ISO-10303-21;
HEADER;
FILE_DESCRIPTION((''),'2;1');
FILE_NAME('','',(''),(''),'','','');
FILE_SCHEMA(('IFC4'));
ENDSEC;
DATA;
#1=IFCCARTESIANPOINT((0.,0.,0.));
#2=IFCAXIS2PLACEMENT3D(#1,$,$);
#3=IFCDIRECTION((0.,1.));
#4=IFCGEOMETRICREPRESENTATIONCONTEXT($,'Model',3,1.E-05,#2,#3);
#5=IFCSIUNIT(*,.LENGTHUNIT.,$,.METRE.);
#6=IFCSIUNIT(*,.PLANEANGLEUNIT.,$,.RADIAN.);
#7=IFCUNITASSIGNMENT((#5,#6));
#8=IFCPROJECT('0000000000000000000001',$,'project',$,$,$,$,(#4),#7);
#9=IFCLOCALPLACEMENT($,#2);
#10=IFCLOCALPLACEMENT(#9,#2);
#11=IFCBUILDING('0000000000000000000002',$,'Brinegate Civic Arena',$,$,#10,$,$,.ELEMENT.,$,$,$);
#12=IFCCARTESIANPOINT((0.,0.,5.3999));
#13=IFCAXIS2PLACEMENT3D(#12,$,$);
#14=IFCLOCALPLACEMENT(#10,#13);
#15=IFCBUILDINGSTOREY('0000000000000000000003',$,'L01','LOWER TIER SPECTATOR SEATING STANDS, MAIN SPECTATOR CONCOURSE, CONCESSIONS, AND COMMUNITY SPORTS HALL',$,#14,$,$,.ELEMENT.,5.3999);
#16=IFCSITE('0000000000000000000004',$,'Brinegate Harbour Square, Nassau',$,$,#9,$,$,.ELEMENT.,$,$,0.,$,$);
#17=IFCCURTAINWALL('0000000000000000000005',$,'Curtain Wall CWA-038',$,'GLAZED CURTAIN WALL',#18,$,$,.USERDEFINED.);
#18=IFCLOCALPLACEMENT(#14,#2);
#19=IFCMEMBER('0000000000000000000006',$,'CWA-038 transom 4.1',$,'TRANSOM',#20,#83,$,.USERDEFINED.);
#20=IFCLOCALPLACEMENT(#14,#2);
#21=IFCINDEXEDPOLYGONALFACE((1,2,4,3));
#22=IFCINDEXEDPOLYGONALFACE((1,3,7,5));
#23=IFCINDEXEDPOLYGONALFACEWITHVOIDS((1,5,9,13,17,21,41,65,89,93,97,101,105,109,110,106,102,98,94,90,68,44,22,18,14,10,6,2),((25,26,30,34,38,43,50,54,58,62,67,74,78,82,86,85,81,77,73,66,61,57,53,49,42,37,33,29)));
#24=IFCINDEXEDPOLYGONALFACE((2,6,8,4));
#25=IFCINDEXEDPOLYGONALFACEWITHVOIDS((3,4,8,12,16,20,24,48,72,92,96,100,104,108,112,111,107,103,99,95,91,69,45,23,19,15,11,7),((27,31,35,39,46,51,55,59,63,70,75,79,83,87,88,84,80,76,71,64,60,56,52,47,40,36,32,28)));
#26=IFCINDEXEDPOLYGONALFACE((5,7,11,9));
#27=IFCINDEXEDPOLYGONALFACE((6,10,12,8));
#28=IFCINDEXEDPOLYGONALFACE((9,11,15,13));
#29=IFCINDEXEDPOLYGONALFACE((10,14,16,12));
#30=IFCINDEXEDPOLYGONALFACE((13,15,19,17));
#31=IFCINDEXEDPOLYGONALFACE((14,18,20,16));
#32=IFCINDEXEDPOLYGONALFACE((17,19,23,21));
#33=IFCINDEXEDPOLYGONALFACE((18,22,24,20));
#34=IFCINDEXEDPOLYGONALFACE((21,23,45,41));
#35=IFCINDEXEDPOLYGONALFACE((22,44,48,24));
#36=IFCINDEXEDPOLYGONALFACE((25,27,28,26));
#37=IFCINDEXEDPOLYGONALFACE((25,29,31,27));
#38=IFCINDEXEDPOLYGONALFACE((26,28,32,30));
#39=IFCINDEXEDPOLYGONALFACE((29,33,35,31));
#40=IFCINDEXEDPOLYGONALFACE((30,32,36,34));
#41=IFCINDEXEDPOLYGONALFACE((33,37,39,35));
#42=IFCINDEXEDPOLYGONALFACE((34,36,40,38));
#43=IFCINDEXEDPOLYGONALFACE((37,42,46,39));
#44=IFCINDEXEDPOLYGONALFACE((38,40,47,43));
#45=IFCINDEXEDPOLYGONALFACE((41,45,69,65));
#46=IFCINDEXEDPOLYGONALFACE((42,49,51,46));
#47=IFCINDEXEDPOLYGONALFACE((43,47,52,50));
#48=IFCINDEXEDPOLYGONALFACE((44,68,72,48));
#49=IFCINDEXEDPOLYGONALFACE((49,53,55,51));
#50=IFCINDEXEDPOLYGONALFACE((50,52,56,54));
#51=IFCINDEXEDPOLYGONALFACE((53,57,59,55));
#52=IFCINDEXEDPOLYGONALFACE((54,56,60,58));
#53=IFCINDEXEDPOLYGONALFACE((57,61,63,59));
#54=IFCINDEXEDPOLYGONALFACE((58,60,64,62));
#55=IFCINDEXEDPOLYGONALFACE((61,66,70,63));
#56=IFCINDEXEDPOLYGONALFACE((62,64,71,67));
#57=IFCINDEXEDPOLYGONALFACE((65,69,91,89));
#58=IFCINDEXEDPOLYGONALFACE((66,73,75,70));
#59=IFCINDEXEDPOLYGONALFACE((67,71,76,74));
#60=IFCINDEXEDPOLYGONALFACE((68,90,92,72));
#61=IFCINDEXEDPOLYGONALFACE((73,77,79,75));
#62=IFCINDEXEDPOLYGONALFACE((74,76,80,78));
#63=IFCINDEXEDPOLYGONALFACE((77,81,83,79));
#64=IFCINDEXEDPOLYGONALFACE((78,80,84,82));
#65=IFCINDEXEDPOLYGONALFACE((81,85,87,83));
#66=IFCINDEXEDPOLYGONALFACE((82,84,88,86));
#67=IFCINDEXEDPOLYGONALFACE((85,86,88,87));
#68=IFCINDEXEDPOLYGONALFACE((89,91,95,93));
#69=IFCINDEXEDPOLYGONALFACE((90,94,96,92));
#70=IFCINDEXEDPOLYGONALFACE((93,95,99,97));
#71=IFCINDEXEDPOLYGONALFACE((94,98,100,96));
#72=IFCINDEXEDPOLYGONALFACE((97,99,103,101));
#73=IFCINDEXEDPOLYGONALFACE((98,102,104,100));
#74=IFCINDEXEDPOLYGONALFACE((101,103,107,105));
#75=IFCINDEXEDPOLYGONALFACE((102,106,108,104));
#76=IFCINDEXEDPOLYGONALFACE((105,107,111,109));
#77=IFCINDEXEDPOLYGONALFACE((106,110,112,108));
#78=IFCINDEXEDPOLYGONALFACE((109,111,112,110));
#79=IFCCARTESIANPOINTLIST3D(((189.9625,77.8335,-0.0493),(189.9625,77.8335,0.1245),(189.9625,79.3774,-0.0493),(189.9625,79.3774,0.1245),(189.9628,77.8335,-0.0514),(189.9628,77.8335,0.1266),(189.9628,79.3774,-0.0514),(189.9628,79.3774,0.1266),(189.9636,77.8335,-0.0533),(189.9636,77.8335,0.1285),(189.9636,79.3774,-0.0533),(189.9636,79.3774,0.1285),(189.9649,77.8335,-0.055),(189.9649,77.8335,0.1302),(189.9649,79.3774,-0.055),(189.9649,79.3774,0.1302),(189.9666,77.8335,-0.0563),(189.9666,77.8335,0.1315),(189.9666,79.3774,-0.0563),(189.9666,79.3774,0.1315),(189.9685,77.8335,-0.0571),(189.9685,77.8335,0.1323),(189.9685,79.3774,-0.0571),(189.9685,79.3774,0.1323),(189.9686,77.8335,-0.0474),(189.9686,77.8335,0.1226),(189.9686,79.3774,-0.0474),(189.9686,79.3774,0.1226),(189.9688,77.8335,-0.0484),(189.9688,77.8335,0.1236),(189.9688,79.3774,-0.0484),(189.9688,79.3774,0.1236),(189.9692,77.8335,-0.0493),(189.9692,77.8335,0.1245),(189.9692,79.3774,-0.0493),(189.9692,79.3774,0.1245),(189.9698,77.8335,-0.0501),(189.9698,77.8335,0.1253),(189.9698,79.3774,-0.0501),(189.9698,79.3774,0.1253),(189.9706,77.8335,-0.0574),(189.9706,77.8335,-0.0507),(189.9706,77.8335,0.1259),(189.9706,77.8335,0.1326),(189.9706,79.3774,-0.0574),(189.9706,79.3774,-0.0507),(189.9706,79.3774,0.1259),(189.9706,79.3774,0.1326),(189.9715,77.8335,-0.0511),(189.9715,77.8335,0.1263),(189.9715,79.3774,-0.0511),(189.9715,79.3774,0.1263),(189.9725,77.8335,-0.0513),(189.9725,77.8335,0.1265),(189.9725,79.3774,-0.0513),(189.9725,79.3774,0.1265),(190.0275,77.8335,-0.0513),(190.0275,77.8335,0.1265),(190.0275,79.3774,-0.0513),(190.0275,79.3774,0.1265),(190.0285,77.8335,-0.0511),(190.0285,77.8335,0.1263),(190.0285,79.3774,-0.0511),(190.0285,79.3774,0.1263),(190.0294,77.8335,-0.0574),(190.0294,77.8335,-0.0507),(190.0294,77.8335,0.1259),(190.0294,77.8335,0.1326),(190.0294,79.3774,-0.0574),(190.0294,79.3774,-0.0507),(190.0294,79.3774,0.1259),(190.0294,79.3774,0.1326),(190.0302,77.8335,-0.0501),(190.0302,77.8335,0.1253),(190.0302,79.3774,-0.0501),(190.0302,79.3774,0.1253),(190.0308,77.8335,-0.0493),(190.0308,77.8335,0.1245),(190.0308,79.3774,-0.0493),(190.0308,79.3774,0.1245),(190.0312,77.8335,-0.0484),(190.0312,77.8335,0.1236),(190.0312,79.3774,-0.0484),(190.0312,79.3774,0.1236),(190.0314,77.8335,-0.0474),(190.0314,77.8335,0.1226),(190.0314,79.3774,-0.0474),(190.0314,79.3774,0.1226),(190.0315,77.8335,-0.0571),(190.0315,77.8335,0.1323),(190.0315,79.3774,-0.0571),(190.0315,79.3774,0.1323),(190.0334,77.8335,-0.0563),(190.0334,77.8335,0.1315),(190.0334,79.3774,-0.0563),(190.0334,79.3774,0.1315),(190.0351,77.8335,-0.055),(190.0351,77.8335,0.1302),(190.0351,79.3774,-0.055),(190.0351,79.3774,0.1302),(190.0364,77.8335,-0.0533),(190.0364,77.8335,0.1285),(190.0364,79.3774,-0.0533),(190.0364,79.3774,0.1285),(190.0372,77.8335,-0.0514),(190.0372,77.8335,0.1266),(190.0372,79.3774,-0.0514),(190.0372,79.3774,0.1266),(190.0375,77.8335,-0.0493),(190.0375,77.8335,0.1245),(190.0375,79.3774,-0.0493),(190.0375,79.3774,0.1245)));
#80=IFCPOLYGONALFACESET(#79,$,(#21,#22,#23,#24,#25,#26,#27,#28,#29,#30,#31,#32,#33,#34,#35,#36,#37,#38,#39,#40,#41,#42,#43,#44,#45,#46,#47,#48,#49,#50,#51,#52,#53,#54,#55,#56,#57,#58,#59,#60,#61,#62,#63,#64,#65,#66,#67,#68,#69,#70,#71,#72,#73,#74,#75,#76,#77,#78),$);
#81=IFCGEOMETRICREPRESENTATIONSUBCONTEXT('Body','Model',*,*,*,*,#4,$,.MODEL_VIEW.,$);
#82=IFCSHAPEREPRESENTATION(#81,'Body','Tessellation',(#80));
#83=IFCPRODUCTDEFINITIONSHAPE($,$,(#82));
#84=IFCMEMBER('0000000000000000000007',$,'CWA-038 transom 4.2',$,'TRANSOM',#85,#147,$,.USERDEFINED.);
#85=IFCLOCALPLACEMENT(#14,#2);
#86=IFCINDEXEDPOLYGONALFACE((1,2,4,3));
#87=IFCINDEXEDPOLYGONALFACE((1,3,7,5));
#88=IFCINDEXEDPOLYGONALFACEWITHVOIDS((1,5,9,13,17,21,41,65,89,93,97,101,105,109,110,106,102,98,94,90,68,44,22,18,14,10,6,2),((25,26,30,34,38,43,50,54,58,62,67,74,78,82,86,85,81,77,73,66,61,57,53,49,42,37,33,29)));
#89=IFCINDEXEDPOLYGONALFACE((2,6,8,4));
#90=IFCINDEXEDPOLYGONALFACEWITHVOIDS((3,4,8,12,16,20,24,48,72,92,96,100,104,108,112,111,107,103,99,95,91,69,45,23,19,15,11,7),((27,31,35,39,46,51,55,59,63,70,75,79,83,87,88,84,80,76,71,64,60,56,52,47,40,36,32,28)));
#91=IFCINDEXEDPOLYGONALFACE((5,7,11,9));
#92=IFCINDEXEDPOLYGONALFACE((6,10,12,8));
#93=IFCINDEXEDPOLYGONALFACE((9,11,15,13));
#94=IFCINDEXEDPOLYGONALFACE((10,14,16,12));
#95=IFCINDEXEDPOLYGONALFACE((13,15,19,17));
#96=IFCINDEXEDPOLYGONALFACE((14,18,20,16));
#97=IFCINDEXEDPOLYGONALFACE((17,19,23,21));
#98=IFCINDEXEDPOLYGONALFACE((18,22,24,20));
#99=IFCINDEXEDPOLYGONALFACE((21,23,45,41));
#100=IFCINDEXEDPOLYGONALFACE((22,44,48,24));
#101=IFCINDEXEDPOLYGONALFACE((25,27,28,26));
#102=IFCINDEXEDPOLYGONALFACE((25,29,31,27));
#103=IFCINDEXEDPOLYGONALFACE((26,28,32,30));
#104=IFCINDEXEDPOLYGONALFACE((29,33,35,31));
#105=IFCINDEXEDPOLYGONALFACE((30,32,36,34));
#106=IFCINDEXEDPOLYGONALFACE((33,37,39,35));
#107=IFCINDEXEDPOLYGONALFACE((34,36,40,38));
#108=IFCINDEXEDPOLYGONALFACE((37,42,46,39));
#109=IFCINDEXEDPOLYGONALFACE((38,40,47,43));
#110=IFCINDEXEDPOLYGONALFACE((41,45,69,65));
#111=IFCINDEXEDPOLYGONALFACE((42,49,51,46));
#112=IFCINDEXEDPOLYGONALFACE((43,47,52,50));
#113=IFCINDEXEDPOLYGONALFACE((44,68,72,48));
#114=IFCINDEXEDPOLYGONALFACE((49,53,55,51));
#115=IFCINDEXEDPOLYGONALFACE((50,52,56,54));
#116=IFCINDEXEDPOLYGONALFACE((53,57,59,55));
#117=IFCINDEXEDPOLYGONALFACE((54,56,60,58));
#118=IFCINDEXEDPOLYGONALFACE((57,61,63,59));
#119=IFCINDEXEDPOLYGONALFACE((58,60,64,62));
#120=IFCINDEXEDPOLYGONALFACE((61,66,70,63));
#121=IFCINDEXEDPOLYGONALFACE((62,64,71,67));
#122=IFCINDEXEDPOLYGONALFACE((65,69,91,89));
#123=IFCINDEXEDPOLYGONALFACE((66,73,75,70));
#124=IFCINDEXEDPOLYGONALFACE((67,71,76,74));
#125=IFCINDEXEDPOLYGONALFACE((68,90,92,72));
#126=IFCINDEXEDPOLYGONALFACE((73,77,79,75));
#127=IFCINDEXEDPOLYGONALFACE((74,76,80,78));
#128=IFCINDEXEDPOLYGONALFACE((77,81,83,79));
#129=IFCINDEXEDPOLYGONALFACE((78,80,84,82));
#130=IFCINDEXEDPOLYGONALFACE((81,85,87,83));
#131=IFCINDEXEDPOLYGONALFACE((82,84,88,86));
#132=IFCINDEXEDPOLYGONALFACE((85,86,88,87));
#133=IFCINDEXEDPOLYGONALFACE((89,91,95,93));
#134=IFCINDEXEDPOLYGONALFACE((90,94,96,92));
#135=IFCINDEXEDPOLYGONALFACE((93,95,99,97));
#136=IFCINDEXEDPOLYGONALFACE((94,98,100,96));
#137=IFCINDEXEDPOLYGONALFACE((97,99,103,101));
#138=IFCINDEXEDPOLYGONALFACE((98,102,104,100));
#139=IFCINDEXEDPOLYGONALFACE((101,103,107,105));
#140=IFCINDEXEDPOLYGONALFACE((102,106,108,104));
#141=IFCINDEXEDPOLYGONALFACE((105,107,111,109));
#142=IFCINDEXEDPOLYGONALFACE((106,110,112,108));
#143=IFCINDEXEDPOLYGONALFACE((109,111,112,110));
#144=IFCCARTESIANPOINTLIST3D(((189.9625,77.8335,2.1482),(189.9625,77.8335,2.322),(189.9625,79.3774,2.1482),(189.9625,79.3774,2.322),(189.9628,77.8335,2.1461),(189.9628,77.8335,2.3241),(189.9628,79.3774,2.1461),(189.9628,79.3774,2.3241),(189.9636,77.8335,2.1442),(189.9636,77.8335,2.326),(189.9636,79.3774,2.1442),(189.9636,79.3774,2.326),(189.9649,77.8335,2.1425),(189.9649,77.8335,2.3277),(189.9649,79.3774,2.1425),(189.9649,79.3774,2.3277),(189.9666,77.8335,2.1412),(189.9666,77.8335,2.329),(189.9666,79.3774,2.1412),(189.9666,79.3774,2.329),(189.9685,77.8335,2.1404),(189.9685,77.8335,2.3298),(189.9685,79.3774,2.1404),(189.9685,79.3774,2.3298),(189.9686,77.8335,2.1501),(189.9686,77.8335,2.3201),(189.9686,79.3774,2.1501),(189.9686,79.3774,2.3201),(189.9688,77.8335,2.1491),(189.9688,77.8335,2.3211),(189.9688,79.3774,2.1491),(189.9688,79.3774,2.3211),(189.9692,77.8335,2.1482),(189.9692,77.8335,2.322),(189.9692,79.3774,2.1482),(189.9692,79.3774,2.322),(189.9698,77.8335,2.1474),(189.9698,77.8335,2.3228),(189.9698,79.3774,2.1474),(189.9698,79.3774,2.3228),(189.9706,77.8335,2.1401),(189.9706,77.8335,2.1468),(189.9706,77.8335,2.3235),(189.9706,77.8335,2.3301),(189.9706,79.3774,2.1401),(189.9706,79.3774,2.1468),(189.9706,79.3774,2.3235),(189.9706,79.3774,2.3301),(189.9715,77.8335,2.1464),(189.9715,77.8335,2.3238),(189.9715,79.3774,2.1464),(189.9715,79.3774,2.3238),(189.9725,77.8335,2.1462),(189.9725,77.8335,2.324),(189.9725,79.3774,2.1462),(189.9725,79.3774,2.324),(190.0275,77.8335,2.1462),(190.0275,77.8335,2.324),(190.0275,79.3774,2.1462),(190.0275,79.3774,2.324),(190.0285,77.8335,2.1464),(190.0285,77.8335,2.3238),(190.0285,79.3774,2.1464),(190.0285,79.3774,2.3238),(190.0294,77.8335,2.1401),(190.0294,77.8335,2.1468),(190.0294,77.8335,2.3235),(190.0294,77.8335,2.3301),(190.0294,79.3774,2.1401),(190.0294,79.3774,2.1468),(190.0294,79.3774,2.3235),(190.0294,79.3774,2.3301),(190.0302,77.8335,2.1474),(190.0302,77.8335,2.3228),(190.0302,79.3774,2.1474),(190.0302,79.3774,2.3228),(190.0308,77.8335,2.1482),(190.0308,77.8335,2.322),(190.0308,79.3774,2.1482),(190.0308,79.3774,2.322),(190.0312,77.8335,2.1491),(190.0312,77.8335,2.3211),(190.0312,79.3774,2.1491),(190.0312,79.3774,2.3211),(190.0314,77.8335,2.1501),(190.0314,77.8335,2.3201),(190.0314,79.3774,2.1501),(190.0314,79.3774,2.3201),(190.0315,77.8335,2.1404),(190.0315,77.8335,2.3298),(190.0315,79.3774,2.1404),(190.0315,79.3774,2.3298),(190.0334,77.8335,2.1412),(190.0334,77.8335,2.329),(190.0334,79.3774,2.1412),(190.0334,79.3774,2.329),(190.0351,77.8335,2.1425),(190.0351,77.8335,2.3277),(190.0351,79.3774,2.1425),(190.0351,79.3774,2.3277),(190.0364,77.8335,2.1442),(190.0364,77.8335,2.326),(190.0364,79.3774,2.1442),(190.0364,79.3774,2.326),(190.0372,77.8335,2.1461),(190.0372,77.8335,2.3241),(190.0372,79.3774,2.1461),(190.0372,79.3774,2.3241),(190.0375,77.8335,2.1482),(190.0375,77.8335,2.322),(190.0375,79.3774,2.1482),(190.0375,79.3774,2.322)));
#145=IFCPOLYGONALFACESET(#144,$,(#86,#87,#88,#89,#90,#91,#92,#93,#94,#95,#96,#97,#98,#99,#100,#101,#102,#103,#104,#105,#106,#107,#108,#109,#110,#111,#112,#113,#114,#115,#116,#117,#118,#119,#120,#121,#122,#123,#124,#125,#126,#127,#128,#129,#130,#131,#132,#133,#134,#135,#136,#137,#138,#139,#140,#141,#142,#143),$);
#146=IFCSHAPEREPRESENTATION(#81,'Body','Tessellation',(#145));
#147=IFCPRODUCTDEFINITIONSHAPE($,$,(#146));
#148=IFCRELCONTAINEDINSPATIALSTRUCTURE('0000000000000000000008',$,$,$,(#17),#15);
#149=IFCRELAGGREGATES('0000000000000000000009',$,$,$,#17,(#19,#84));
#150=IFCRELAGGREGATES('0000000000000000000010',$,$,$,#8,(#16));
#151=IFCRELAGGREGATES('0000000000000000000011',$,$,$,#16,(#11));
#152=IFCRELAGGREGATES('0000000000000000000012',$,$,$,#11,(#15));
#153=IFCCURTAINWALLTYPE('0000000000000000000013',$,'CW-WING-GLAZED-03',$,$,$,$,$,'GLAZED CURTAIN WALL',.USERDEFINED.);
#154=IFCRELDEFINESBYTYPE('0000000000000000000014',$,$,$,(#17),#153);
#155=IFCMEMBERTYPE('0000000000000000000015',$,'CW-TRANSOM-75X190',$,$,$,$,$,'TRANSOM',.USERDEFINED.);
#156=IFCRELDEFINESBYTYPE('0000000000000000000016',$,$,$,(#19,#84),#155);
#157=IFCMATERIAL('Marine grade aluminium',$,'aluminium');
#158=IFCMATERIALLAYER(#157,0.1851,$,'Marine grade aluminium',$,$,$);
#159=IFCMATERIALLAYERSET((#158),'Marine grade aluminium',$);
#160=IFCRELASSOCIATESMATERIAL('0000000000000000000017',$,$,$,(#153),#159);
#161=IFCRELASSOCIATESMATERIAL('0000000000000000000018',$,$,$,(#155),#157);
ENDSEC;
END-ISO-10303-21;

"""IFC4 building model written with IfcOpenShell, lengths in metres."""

from ifc_helpers import new_model, si_unit, direction, frame, origin, origin_2d, place, context, subcontext, project, spatial, hollow_rectangle, extrude, material, layer, layer_set, material_profile, profile_set, type_object, element, aggregate, save


model = new_model("IFC4")

# Units and contexts
model_context = context("Model", 3, precision=1e-05, world=origin(), true_north=direction((0.0, 1.0)))
body_context = subcontext(model_context, "Body", "Model", "MODEL_VIEW")
ifc_project = project(units=[si_unit("LENGTHUNIT", "METRE"), si_unit("PLANEANGLEUNIT", "RADIAN")], contexts=[model_context])

# Site, building, storey
site_placement = place(None, origin())
site = spatial("IfcSite", under=ifc_project, at=site_placement, Name="Brinegate Harbour Square, Nassau", CompositionType="ELEMENT", RefElevation=0.0)
building_placement = place(site_placement, origin())
building = spatial("IfcBuilding", under=site, at=building_placement, Name="Brinegate Civic Arena", CompositionType="ELEMENT")
storey_placement = place(building_placement, frame((0.0, 0.0, 5.3999)))
storey = spatial("IfcBuildingStorey", under=building, at=storey_placement, Name="L01", Description="LOWER TIER SPECTATOR SEATING STANDS, MAIN SPECTATOR CONCOURSE, CONCESSIONS, AND COMMUNITY SPORTS HALL", CompositionType="ELEMENT", Elevation=5.3999)

# Curtain wall, members
ifc_material_1 = material(Name="Marine grade aluminium", Category="aluminium")
ifc_layer_1 = layer(ifc_material_1, 0.1851, Name="Marine grade aluminium")
ifc_layer_set_1 = layer_set([ifc_layer_1], Name="Marine grade aluminium")
curtain_wall_type = type_object("IfcCurtainWallType", Name="CW-WING-GLAZED-03", ElementType="GLAZED CURTAIN WALL", PredefinedType="USERDEFINED", material=ifc_layer_set_1)
curtain_wall_placement = place(storey_placement, origin())
curtain_wall = element("IfcCurtainWall", 1, at=curtain_wall_placement, inside=storey, type_object=curtain_wall_type, Name="Curtain Wall CWA-038", ObjectType="GLAZED CURTAIN WALL", PredefinedType="USERDEFINED")
ifc_material_profile_1 = material_profile(ifc_material_1, hollow_rectangle(XDim=0.075, YDim=0.1899, WallThickness=0.0061, InnerFilletRadius=0.0039, OuterFilletRadius=0.0081, at=origin_2d()), Name="TRN75X190")
ifc_profile_set_1 = profile_set([ifc_material_profile_1], Name="Marine grade aluminium")
member_type_1 = type_object("IfcMemberType", Name="CW-TRANSOM-75X190", ElementType="TRANSOM", PredefinedType="USERDEFINED", material=ifc_profile_set_1)
member_1_placement = place(storey_placement, frame((190.0, 77.8335, 0.0376), z_axis=(0.0, 1.0, 0.0), x_axis=(-1.0, 0.0, 0.0)))
member_1 = element("IfcMember", 2, at=member_1_placement, type_object=member_type_1, Name="CWA-038 transom 4.1", ObjectType="TRANSOM", PredefinedType="USERDEFINED", context=body_context, shape_type="SweptSolid", body=[
    extrude(hollow_rectangle(XDim=0.075, YDim=0.1899, WallThickness=0.0061, InnerFilletRadius=0.0039, OuterFilletRadius=0.0081, at=origin_2d()), origin(), (0.0, 0.0, 1.0), 1.5439),
])
member_2_placement = place(storey_placement, frame((190.0, 77.8335, 2.2351), z_axis=(0.0, 1.0, 0.0), x_axis=(-1.0, 0.0, 0.0)))
member_2 = element("IfcMember", 3, at=member_2_placement, type_object=member_type_1, Name="CWA-038 transom 4.2", ObjectType="TRANSOM", PredefinedType="USERDEFINED", context=body_context, shape_type="SweptSolid", body=[
    extrude(hollow_rectangle(XDim=0.075, YDim=0.1899, WallThickness=0.0061, InnerFilletRadius=0.0039, OuterFilletRadius=0.0081, at=origin_2d()), origin(), (0.0, 0.0, 1.0), 1.5439),
])

aggregate(curtain_wall, [member_1, member_2])

save(model, "model.ifc")
